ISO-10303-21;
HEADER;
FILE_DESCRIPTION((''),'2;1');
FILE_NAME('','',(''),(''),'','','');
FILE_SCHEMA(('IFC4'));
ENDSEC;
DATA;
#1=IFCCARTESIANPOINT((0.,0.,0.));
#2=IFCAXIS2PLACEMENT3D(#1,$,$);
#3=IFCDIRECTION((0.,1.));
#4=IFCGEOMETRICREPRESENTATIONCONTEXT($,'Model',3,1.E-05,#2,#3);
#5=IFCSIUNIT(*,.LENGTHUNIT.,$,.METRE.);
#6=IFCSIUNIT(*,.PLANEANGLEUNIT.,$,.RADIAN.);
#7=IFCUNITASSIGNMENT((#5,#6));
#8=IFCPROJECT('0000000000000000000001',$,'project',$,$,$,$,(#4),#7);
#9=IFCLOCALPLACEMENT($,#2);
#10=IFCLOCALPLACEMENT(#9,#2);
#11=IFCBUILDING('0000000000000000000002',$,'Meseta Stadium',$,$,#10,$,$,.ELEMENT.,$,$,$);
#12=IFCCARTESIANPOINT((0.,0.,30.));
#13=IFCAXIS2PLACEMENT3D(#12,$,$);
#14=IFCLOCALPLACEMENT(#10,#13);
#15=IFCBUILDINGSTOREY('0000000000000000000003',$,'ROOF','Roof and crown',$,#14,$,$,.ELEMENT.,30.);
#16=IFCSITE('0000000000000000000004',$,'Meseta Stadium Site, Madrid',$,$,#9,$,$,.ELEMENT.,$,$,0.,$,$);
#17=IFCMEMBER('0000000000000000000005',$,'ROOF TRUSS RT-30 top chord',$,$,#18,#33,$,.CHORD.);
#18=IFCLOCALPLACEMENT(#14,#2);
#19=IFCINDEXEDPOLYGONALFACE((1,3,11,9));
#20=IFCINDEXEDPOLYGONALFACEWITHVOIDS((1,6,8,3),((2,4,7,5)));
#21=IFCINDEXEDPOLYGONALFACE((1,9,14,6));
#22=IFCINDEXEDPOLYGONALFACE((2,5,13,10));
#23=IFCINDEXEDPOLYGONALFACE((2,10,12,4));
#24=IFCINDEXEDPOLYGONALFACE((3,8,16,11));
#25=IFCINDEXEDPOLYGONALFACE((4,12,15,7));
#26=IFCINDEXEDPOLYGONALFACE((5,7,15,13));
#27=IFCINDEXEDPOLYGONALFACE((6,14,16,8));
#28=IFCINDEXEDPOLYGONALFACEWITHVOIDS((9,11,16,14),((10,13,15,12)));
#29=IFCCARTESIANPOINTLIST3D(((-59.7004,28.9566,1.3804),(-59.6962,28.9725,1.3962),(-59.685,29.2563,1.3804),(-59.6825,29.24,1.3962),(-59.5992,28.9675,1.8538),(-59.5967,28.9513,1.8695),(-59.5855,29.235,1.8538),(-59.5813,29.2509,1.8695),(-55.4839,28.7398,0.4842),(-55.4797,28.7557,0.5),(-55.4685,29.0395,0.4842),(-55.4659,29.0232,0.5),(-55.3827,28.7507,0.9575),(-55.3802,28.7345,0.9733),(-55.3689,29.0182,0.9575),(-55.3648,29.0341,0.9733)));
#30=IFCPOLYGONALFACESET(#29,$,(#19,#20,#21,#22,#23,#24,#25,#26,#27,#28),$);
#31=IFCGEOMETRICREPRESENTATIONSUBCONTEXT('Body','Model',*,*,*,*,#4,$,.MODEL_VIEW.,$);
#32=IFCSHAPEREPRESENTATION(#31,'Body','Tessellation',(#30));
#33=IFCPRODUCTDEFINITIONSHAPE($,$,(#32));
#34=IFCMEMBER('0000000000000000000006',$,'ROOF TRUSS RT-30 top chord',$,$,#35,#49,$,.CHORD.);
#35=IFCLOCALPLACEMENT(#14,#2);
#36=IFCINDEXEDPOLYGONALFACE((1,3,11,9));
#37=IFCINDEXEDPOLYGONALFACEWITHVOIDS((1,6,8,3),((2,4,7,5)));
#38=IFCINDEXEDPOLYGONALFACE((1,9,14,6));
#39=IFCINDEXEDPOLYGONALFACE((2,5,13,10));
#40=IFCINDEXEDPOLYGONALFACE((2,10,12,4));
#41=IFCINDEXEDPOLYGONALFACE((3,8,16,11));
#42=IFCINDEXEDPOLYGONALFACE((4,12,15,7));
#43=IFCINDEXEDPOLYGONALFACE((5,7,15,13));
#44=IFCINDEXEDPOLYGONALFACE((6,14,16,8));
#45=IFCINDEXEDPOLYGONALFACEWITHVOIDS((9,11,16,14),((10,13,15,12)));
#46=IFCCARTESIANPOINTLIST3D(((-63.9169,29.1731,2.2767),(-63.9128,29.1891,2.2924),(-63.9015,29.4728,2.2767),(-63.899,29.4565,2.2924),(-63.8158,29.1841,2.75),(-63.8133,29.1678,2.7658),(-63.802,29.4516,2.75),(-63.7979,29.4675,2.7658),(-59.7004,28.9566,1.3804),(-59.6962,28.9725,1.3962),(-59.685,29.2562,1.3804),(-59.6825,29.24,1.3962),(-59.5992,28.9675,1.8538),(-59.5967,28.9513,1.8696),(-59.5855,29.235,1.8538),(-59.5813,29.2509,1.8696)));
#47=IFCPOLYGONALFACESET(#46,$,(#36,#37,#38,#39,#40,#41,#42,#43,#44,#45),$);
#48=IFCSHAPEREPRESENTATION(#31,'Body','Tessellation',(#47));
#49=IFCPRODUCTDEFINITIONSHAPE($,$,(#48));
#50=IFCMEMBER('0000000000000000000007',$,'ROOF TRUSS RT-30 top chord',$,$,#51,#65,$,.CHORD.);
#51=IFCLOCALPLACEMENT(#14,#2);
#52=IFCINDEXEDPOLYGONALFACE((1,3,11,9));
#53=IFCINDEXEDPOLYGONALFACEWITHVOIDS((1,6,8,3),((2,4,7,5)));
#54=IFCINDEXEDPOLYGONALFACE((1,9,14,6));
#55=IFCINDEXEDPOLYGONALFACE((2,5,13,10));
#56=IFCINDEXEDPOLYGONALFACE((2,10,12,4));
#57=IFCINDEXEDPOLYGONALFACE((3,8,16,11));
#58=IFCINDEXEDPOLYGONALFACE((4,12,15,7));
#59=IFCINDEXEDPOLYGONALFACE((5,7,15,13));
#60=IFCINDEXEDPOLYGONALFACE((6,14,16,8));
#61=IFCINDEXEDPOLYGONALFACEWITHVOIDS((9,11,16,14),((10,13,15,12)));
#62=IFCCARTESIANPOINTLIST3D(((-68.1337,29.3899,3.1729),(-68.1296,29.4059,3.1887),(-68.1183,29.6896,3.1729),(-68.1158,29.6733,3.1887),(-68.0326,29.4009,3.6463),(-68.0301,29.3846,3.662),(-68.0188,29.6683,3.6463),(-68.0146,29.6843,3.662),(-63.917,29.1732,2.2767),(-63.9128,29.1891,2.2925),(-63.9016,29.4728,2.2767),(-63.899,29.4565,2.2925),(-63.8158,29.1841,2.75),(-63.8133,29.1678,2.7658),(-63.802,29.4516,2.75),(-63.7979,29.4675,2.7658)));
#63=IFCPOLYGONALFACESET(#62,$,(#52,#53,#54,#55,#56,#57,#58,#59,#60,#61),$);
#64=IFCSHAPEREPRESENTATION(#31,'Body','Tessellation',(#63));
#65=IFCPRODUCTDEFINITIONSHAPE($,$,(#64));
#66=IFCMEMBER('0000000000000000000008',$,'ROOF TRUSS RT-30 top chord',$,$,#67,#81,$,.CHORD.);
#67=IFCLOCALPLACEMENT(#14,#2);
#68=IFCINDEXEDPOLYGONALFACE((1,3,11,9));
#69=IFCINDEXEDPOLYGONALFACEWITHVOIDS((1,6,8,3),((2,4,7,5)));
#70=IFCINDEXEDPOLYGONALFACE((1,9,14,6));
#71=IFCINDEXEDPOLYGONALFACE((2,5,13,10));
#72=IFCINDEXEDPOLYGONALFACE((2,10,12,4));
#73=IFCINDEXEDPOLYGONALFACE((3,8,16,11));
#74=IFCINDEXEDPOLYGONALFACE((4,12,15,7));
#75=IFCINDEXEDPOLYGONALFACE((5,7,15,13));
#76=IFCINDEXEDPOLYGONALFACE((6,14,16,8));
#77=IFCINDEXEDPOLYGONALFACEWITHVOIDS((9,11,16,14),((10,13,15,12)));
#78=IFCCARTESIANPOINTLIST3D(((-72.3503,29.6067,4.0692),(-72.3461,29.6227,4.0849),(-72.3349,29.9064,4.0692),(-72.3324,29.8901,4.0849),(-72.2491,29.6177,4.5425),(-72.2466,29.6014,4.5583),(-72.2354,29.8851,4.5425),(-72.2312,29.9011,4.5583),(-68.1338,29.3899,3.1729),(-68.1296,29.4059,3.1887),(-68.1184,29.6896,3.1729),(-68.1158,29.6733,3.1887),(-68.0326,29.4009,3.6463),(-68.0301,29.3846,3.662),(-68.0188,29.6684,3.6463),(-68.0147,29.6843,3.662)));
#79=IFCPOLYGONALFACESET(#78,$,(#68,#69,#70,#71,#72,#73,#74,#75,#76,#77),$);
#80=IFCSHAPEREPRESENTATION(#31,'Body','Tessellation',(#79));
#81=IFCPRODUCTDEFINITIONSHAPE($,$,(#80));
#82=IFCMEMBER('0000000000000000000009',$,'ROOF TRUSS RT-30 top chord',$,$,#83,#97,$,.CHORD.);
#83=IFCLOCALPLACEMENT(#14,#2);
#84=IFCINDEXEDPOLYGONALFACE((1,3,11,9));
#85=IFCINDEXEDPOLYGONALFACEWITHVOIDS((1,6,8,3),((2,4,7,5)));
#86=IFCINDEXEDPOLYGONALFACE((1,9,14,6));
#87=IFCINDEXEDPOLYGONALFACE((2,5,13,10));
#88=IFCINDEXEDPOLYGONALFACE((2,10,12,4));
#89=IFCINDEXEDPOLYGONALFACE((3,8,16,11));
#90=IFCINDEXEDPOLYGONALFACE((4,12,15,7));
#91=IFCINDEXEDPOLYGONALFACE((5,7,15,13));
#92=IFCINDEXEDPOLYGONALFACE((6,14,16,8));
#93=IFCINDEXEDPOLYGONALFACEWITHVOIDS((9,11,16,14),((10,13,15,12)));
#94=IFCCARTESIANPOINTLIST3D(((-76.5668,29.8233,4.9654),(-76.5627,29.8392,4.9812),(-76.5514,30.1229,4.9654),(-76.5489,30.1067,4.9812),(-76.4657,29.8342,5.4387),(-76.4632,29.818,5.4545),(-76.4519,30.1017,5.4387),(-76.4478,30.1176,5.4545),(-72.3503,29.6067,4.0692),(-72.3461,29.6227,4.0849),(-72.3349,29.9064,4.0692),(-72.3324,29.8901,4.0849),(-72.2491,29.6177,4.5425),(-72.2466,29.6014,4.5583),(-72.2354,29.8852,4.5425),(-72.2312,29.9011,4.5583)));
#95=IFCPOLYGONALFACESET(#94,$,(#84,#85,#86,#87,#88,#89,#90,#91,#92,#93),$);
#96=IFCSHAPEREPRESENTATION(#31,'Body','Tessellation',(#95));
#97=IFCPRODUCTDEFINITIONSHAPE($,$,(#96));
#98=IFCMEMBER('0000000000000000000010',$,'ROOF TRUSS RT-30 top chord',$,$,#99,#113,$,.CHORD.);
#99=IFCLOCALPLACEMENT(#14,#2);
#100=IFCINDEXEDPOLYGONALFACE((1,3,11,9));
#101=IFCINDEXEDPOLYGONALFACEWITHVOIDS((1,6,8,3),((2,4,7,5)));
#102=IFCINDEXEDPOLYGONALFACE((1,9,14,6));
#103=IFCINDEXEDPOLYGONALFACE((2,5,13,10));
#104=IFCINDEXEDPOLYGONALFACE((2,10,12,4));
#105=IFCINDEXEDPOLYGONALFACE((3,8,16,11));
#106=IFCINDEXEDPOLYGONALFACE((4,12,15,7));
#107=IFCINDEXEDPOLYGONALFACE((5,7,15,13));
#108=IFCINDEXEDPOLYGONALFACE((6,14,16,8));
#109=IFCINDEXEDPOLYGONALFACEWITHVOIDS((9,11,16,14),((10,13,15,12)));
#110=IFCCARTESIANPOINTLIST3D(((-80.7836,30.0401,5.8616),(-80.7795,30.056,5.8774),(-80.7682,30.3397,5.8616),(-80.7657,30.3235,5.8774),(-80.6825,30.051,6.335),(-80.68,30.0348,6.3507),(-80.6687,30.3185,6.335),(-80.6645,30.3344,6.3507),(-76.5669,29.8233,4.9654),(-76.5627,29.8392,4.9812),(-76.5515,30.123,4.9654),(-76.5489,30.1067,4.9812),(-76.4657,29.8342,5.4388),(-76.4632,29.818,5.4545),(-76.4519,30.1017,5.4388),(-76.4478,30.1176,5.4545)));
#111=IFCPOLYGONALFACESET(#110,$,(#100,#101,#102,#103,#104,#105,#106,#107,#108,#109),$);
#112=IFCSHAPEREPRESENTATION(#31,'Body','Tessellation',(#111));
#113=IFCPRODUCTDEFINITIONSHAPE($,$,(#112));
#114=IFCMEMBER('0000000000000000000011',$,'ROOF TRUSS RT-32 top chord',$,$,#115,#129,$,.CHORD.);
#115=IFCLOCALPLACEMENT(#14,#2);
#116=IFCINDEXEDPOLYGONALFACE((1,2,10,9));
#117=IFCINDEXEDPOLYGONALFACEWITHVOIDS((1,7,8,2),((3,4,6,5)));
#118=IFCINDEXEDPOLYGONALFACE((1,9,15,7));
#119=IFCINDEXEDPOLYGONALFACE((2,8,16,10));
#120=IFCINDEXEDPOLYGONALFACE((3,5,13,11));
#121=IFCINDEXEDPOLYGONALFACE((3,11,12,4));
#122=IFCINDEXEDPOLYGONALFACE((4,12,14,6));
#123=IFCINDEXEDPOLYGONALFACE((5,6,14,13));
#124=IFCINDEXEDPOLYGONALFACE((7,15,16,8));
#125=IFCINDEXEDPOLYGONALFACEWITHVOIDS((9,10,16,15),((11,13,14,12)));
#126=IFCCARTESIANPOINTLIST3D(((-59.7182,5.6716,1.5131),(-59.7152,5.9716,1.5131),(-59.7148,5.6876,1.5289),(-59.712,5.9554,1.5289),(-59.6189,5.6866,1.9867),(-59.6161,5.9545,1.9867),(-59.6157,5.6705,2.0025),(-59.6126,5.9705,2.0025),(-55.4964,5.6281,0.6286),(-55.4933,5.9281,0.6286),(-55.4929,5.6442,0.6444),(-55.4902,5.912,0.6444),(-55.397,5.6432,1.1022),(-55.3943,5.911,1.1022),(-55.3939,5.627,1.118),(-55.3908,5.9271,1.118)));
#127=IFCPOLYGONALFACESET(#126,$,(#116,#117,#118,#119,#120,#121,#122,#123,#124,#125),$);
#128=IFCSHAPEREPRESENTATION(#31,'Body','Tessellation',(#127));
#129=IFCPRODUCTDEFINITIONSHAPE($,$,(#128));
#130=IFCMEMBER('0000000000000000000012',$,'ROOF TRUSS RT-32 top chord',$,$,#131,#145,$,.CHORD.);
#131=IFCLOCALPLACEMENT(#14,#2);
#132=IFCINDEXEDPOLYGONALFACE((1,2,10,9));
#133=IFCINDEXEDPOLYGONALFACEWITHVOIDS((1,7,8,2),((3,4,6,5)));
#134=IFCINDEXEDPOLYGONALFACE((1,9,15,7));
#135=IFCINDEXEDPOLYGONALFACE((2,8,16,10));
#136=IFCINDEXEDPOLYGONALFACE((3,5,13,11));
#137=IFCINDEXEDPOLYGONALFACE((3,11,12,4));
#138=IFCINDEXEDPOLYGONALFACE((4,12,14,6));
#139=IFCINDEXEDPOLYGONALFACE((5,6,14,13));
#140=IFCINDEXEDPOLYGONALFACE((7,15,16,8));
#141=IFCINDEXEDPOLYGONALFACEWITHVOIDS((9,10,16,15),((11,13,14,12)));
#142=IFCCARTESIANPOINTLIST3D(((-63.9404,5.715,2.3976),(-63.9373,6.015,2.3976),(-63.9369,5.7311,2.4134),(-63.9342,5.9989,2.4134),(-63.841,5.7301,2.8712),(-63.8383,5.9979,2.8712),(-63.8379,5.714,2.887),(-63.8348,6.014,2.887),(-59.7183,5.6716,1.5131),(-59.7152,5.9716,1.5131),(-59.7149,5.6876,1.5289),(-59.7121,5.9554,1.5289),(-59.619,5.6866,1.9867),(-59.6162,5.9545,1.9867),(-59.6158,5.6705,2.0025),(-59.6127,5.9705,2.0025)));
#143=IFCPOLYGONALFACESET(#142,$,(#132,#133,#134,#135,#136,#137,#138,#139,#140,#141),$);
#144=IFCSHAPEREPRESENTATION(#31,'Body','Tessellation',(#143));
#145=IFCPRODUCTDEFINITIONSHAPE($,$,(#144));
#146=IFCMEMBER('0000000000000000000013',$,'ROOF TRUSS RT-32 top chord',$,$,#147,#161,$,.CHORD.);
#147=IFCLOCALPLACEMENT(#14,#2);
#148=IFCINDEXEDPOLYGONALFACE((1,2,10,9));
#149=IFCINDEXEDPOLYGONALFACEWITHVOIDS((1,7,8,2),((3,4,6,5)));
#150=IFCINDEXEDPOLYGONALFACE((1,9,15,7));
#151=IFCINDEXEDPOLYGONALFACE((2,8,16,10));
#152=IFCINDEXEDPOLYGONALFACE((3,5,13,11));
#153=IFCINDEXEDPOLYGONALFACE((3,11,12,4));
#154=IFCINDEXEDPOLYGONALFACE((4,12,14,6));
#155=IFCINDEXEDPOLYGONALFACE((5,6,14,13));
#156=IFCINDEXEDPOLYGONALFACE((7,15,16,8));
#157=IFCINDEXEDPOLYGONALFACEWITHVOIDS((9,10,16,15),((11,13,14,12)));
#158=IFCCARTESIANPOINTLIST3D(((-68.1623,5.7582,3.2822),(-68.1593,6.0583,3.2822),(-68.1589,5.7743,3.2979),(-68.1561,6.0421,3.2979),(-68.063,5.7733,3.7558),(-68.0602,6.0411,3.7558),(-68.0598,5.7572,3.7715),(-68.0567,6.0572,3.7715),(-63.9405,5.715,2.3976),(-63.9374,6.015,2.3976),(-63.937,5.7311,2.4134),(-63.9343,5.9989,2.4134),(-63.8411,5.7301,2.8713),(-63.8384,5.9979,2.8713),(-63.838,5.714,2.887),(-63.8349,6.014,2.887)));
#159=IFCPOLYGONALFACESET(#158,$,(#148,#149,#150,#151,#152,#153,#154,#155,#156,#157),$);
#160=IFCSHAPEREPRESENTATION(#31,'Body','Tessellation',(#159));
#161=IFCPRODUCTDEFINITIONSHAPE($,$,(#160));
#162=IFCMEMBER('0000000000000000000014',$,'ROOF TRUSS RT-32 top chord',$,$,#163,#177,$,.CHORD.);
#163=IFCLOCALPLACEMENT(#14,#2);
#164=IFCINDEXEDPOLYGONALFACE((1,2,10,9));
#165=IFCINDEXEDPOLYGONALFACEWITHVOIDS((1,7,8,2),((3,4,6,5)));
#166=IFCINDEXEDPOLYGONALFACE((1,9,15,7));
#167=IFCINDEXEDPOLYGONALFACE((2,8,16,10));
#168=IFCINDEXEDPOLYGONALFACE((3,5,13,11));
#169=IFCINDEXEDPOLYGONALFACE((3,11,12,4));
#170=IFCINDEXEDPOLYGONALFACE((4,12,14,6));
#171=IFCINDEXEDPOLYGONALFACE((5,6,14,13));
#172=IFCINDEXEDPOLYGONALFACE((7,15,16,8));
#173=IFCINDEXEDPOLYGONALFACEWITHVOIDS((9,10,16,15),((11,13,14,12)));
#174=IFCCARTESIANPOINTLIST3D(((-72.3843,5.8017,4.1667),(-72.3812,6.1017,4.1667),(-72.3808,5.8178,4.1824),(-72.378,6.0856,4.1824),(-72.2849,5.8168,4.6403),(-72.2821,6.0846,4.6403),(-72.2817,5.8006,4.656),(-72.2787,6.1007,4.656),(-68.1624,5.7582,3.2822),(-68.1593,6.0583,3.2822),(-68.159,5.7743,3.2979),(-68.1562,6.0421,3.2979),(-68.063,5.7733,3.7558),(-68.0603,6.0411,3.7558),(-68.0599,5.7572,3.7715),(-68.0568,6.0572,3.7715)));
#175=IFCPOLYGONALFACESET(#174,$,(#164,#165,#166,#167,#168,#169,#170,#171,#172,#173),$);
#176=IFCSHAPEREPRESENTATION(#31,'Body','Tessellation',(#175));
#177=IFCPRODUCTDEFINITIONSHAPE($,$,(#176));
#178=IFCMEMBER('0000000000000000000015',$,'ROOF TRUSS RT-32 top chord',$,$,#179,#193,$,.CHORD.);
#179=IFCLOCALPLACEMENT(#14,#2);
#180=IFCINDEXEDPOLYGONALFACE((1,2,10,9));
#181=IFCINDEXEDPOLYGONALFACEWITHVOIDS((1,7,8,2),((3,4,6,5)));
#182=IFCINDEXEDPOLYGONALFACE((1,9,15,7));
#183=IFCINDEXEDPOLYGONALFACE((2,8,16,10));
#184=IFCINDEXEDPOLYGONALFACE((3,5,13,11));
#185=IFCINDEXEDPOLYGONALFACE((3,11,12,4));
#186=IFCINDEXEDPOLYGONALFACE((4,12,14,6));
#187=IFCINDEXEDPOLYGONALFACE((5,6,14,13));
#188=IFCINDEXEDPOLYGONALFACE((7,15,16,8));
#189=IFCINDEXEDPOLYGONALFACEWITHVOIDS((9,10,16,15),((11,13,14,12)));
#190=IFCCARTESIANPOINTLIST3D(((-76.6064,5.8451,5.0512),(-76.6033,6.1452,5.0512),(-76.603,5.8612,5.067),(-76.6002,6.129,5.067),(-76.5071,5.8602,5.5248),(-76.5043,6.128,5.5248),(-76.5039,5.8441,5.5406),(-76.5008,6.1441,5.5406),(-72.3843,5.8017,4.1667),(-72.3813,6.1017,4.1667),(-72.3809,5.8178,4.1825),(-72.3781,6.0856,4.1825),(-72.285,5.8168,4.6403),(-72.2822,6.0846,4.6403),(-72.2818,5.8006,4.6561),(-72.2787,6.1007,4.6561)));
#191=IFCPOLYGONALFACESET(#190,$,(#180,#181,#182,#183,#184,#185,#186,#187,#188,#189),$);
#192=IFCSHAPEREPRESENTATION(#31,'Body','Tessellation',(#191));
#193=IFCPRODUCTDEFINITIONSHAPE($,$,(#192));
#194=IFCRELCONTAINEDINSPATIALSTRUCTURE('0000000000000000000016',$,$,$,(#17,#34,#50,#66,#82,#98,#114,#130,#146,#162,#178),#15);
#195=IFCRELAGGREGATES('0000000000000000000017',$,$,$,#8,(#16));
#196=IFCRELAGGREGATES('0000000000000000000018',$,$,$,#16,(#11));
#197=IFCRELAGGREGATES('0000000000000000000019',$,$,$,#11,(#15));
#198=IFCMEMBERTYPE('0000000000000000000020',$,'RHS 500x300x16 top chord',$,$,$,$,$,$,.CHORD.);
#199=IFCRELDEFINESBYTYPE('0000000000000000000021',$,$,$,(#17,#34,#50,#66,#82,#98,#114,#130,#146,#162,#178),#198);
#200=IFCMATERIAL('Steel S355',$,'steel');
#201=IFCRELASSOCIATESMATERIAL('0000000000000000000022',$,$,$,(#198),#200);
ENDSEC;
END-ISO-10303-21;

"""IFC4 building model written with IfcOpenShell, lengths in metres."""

from ifc_helpers import new_model, si_unit, direction, frame, origin, origin_2d, place, context, subcontext, project, spatial, hollow_rectangle, extrude, material, material_profile, profile_set, type_object, element, save


model = new_model("IFC4")

# Units and contexts
model_context = context("Model", 3, precision=1e-05, world=origin(), true_north=direction((0.0, 1.0)))
body_context = subcontext(model_context, "Body", "Model", "MODEL_VIEW")
ifc_project = project(units=[si_unit("LENGTHUNIT", "METRE"), si_unit("PLANEANGLEUNIT", "RADIAN")], contexts=[model_context])

# Site, building, storey
site_placement = place(None, origin())
site = spatial("IfcSite", under=ifc_project, at=site_placement, Name="Meseta Stadium Site, Madrid", CompositionType="ELEMENT", RefElevation=0.0)
building_placement = place(site_placement, origin())
building = spatial("IfcBuilding", under=site, at=building_placement, Name="Meseta Stadium", CompositionType="ELEMENT")
storey_placement = place(building_placement, frame((0.0, 0.0, 30.0)))
storey = spatial("IfcBuildingStorey", under=building, at=storey_placement, Name="ROOF", Description="Roof and crown", CompositionType="ELEMENT", Elevation=30.0)

# Members
ifc_material_1 = material(Name="Steel S355", Category="steel")
ifc_material_profile_1 = material_profile(ifc_material_1, hollow_rectangle(XDim=0.3, YDim=0.5, WallThickness=0.0161, at=origin_2d()), Name="RHS 500x300x16")
ifc_profile_set_1 = profile_set([ifc_material_profile_1], Name="Steel S355")
member_type = type_object("IfcMemberType", Name="RHS 500x300x16 top chord", PredefinedType="CHORD", material=ifc_profile_set_1)
for number, where, z_axis, x_axis, name in (
    (1, (-55.4243, 28.887, 0.7288), (-0.976914, 0.050229, 0.207646), (-0.051348, -0.998681, 0.0), "ROOF TRUSS RT-30 top chord"),
    (2, (-59.6409, 29.1038, 1.625), (-0.976916, 0.050172, 0.207646), (-0.05129, -0.998684, 0.0), "ROOF TRUSS RT-30 top chord"),
):
    element("IfcMember", number, at=place(storey_placement, frame(where, z_axis=z_axis, x_axis=x_axis)), inside=storey, type_object=member_type, Name=name, PredefinedType="CHORD", context=body_context, shape_type="SweptSolid", body=[
        extrude(hollow_rectangle(XDim=0.3, YDim=0.5, WallThickness=0.0161, at=origin_2d()), origin(), (0.0, 0.0, 1.0), 4.3162),
    ])
member_1_placement = place(storey_placement, frame((-63.8574, 29.3203, 2.5212), z_axis=(-0.976916, 0.050226, 0.207634), x_axis=(-0.051345, -0.998681, 0.0)))
element("IfcMember", 3, at=member_1_placement, inside=storey, type_object=member_type, Name="ROOF TRUSS RT-30 top chord", PredefinedType="CHORD", context=body_context, shape_type="SweptSolid", body=[
    extrude(hollow_rectangle(XDim=0.3, YDim=0.5, WallThickness=0.0161, at=origin_2d()), origin(), (0.0, 0.0, 1.0), 4.3164),
])
for number, where, z_axis, x_axis, name in (
    (4, (-68.0742, 29.5371, 3.4175), (-0.976914, 0.050229, 0.207646), (-0.051348, -0.998681, 0.0), "ROOF TRUSS RT-30 top chord"),
    (5, (-72.2908, 29.7539, 4.3137), (-0.976916, 0.050172, 0.207646), (-0.05129, -0.998684, 0.0), "ROOF TRUSS RT-30 top chord"),
):
    element("IfcMember", number, at=place(storey_placement, frame(where, z_axis=z_axis, x_axis=x_axis)), inside=storey, type_object=member_type, Name=name, PredefinedType="CHORD", context=body_context, shape_type="SweptSolid", body=[
        extrude(hollow_rectangle(XDim=0.3, YDim=0.5, WallThickness=0.0161, at=origin_2d()), origin(), (0.0, 0.0, 1.0), 4.3162),
    ])
member_2_placement = place(storey_placement, frame((-76.5073, 29.9705, 5.21), z_axis=(-0.976916, 0.050226, 0.207634), x_axis=(-0.051345, -0.998681, 0.0)))
element("IfcMember", 6, at=member_2_placement, inside=storey, type_object=member_type, Name="ROOF TRUSS RT-30 top chord", PredefinedType="CHORD", context=body_context, shape_type="SweptSolid", body=[
    extrude(hollow_rectangle(XDim=0.3, YDim=0.5, WallThickness=0.0161, at=origin_2d()), origin(), (0.0, 0.0, 1.0), 4.3164),
])
member_3_placement = place(storey_placement, frame((-55.4436, 5.7776, 0.8733), z_axis=(-0.978701, 0.010074, 0.205044), x_axis=(-0.010293, -0.999947, 0.0)))
element("IfcMember", 7, at=member_3_placement, inside=storey, type_object=member_type, Name="ROOF TRUSS RT-32 top chord", PredefinedType="CHORD", context=body_context, shape_type="SweptSolid", body=[
    extrude(hollow_rectangle(XDim=0.3, YDim=0.5, WallThickness=0.0161, at=origin_2d()), origin(), (0.0, 0.0, 1.0), 4.3137),
])
member_4_placement = place(storey_placement, frame((-59.6655, 5.821, 1.7578), z_axis=(-0.978703, 0.010073, 0.205033), x_axis=(-0.010292, -0.999947, 0.0)))
element("IfcMember", 8, at=member_4_placement, inside=storey, type_object=member_type, Name="ROOF TRUSS RT-32 top chord", PredefinedType="CHORD", context=body_context, shape_type="SweptSolid", body=[
    extrude(hollow_rectangle(XDim=0.3, YDim=0.5, WallThickness=0.0161, at=origin_2d()), origin(), (0.0, 0.0, 1.0), 4.314),
])
for number, where, z_axis, x_axis, name in (
    (9, (-63.8877, 5.8645, 2.6423), (-0.978701, 0.010017, 0.205045), (-0.010235, -0.999948, 0.0), "ROOF TRUSS RT-32 top chord"),
    (10, (-68.1096, 5.9077, 3.5269), (-0.978701, 0.010074, 0.205044), (-0.010293, -0.999947, 0.0), "ROOF TRUSS RT-32 top chord"),
):
    element("IfcMember", number, at=place(storey_placement, frame(where, z_axis=z_axis, x_axis=x_axis)), inside=storey, type_object=member_type, Name=name, PredefinedType="CHORD", context=body_context, shape_type="SweptSolid", body=[
        extrude(hollow_rectangle(XDim=0.3, YDim=0.5, WallThickness=0.0161, at=origin_2d()), origin(), (0.0, 0.0, 1.0), 4.3137),
    ])
member_5_placement = place(storey_placement, frame((-72.3315, 5.9512, 4.4114), z_axis=(-0.978703, 0.010073, 0.205033), x_axis=(-0.010292, -0.999947, 0.0)))
element("IfcMember", 11, at=member_5_placement, inside=storey, type_object=member_type, Name="ROOF TRUSS RT-32 top chord", PredefinedType="CHORD", context=body_context, shape_type="SweptSolid", body=[
    extrude(hollow_rectangle(XDim=0.3, YDim=0.5, WallThickness=0.0161, at=origin_2d()), origin(), (0.0, 0.0, 1.0), 4.314),
])

save(model, "model.ifc")
